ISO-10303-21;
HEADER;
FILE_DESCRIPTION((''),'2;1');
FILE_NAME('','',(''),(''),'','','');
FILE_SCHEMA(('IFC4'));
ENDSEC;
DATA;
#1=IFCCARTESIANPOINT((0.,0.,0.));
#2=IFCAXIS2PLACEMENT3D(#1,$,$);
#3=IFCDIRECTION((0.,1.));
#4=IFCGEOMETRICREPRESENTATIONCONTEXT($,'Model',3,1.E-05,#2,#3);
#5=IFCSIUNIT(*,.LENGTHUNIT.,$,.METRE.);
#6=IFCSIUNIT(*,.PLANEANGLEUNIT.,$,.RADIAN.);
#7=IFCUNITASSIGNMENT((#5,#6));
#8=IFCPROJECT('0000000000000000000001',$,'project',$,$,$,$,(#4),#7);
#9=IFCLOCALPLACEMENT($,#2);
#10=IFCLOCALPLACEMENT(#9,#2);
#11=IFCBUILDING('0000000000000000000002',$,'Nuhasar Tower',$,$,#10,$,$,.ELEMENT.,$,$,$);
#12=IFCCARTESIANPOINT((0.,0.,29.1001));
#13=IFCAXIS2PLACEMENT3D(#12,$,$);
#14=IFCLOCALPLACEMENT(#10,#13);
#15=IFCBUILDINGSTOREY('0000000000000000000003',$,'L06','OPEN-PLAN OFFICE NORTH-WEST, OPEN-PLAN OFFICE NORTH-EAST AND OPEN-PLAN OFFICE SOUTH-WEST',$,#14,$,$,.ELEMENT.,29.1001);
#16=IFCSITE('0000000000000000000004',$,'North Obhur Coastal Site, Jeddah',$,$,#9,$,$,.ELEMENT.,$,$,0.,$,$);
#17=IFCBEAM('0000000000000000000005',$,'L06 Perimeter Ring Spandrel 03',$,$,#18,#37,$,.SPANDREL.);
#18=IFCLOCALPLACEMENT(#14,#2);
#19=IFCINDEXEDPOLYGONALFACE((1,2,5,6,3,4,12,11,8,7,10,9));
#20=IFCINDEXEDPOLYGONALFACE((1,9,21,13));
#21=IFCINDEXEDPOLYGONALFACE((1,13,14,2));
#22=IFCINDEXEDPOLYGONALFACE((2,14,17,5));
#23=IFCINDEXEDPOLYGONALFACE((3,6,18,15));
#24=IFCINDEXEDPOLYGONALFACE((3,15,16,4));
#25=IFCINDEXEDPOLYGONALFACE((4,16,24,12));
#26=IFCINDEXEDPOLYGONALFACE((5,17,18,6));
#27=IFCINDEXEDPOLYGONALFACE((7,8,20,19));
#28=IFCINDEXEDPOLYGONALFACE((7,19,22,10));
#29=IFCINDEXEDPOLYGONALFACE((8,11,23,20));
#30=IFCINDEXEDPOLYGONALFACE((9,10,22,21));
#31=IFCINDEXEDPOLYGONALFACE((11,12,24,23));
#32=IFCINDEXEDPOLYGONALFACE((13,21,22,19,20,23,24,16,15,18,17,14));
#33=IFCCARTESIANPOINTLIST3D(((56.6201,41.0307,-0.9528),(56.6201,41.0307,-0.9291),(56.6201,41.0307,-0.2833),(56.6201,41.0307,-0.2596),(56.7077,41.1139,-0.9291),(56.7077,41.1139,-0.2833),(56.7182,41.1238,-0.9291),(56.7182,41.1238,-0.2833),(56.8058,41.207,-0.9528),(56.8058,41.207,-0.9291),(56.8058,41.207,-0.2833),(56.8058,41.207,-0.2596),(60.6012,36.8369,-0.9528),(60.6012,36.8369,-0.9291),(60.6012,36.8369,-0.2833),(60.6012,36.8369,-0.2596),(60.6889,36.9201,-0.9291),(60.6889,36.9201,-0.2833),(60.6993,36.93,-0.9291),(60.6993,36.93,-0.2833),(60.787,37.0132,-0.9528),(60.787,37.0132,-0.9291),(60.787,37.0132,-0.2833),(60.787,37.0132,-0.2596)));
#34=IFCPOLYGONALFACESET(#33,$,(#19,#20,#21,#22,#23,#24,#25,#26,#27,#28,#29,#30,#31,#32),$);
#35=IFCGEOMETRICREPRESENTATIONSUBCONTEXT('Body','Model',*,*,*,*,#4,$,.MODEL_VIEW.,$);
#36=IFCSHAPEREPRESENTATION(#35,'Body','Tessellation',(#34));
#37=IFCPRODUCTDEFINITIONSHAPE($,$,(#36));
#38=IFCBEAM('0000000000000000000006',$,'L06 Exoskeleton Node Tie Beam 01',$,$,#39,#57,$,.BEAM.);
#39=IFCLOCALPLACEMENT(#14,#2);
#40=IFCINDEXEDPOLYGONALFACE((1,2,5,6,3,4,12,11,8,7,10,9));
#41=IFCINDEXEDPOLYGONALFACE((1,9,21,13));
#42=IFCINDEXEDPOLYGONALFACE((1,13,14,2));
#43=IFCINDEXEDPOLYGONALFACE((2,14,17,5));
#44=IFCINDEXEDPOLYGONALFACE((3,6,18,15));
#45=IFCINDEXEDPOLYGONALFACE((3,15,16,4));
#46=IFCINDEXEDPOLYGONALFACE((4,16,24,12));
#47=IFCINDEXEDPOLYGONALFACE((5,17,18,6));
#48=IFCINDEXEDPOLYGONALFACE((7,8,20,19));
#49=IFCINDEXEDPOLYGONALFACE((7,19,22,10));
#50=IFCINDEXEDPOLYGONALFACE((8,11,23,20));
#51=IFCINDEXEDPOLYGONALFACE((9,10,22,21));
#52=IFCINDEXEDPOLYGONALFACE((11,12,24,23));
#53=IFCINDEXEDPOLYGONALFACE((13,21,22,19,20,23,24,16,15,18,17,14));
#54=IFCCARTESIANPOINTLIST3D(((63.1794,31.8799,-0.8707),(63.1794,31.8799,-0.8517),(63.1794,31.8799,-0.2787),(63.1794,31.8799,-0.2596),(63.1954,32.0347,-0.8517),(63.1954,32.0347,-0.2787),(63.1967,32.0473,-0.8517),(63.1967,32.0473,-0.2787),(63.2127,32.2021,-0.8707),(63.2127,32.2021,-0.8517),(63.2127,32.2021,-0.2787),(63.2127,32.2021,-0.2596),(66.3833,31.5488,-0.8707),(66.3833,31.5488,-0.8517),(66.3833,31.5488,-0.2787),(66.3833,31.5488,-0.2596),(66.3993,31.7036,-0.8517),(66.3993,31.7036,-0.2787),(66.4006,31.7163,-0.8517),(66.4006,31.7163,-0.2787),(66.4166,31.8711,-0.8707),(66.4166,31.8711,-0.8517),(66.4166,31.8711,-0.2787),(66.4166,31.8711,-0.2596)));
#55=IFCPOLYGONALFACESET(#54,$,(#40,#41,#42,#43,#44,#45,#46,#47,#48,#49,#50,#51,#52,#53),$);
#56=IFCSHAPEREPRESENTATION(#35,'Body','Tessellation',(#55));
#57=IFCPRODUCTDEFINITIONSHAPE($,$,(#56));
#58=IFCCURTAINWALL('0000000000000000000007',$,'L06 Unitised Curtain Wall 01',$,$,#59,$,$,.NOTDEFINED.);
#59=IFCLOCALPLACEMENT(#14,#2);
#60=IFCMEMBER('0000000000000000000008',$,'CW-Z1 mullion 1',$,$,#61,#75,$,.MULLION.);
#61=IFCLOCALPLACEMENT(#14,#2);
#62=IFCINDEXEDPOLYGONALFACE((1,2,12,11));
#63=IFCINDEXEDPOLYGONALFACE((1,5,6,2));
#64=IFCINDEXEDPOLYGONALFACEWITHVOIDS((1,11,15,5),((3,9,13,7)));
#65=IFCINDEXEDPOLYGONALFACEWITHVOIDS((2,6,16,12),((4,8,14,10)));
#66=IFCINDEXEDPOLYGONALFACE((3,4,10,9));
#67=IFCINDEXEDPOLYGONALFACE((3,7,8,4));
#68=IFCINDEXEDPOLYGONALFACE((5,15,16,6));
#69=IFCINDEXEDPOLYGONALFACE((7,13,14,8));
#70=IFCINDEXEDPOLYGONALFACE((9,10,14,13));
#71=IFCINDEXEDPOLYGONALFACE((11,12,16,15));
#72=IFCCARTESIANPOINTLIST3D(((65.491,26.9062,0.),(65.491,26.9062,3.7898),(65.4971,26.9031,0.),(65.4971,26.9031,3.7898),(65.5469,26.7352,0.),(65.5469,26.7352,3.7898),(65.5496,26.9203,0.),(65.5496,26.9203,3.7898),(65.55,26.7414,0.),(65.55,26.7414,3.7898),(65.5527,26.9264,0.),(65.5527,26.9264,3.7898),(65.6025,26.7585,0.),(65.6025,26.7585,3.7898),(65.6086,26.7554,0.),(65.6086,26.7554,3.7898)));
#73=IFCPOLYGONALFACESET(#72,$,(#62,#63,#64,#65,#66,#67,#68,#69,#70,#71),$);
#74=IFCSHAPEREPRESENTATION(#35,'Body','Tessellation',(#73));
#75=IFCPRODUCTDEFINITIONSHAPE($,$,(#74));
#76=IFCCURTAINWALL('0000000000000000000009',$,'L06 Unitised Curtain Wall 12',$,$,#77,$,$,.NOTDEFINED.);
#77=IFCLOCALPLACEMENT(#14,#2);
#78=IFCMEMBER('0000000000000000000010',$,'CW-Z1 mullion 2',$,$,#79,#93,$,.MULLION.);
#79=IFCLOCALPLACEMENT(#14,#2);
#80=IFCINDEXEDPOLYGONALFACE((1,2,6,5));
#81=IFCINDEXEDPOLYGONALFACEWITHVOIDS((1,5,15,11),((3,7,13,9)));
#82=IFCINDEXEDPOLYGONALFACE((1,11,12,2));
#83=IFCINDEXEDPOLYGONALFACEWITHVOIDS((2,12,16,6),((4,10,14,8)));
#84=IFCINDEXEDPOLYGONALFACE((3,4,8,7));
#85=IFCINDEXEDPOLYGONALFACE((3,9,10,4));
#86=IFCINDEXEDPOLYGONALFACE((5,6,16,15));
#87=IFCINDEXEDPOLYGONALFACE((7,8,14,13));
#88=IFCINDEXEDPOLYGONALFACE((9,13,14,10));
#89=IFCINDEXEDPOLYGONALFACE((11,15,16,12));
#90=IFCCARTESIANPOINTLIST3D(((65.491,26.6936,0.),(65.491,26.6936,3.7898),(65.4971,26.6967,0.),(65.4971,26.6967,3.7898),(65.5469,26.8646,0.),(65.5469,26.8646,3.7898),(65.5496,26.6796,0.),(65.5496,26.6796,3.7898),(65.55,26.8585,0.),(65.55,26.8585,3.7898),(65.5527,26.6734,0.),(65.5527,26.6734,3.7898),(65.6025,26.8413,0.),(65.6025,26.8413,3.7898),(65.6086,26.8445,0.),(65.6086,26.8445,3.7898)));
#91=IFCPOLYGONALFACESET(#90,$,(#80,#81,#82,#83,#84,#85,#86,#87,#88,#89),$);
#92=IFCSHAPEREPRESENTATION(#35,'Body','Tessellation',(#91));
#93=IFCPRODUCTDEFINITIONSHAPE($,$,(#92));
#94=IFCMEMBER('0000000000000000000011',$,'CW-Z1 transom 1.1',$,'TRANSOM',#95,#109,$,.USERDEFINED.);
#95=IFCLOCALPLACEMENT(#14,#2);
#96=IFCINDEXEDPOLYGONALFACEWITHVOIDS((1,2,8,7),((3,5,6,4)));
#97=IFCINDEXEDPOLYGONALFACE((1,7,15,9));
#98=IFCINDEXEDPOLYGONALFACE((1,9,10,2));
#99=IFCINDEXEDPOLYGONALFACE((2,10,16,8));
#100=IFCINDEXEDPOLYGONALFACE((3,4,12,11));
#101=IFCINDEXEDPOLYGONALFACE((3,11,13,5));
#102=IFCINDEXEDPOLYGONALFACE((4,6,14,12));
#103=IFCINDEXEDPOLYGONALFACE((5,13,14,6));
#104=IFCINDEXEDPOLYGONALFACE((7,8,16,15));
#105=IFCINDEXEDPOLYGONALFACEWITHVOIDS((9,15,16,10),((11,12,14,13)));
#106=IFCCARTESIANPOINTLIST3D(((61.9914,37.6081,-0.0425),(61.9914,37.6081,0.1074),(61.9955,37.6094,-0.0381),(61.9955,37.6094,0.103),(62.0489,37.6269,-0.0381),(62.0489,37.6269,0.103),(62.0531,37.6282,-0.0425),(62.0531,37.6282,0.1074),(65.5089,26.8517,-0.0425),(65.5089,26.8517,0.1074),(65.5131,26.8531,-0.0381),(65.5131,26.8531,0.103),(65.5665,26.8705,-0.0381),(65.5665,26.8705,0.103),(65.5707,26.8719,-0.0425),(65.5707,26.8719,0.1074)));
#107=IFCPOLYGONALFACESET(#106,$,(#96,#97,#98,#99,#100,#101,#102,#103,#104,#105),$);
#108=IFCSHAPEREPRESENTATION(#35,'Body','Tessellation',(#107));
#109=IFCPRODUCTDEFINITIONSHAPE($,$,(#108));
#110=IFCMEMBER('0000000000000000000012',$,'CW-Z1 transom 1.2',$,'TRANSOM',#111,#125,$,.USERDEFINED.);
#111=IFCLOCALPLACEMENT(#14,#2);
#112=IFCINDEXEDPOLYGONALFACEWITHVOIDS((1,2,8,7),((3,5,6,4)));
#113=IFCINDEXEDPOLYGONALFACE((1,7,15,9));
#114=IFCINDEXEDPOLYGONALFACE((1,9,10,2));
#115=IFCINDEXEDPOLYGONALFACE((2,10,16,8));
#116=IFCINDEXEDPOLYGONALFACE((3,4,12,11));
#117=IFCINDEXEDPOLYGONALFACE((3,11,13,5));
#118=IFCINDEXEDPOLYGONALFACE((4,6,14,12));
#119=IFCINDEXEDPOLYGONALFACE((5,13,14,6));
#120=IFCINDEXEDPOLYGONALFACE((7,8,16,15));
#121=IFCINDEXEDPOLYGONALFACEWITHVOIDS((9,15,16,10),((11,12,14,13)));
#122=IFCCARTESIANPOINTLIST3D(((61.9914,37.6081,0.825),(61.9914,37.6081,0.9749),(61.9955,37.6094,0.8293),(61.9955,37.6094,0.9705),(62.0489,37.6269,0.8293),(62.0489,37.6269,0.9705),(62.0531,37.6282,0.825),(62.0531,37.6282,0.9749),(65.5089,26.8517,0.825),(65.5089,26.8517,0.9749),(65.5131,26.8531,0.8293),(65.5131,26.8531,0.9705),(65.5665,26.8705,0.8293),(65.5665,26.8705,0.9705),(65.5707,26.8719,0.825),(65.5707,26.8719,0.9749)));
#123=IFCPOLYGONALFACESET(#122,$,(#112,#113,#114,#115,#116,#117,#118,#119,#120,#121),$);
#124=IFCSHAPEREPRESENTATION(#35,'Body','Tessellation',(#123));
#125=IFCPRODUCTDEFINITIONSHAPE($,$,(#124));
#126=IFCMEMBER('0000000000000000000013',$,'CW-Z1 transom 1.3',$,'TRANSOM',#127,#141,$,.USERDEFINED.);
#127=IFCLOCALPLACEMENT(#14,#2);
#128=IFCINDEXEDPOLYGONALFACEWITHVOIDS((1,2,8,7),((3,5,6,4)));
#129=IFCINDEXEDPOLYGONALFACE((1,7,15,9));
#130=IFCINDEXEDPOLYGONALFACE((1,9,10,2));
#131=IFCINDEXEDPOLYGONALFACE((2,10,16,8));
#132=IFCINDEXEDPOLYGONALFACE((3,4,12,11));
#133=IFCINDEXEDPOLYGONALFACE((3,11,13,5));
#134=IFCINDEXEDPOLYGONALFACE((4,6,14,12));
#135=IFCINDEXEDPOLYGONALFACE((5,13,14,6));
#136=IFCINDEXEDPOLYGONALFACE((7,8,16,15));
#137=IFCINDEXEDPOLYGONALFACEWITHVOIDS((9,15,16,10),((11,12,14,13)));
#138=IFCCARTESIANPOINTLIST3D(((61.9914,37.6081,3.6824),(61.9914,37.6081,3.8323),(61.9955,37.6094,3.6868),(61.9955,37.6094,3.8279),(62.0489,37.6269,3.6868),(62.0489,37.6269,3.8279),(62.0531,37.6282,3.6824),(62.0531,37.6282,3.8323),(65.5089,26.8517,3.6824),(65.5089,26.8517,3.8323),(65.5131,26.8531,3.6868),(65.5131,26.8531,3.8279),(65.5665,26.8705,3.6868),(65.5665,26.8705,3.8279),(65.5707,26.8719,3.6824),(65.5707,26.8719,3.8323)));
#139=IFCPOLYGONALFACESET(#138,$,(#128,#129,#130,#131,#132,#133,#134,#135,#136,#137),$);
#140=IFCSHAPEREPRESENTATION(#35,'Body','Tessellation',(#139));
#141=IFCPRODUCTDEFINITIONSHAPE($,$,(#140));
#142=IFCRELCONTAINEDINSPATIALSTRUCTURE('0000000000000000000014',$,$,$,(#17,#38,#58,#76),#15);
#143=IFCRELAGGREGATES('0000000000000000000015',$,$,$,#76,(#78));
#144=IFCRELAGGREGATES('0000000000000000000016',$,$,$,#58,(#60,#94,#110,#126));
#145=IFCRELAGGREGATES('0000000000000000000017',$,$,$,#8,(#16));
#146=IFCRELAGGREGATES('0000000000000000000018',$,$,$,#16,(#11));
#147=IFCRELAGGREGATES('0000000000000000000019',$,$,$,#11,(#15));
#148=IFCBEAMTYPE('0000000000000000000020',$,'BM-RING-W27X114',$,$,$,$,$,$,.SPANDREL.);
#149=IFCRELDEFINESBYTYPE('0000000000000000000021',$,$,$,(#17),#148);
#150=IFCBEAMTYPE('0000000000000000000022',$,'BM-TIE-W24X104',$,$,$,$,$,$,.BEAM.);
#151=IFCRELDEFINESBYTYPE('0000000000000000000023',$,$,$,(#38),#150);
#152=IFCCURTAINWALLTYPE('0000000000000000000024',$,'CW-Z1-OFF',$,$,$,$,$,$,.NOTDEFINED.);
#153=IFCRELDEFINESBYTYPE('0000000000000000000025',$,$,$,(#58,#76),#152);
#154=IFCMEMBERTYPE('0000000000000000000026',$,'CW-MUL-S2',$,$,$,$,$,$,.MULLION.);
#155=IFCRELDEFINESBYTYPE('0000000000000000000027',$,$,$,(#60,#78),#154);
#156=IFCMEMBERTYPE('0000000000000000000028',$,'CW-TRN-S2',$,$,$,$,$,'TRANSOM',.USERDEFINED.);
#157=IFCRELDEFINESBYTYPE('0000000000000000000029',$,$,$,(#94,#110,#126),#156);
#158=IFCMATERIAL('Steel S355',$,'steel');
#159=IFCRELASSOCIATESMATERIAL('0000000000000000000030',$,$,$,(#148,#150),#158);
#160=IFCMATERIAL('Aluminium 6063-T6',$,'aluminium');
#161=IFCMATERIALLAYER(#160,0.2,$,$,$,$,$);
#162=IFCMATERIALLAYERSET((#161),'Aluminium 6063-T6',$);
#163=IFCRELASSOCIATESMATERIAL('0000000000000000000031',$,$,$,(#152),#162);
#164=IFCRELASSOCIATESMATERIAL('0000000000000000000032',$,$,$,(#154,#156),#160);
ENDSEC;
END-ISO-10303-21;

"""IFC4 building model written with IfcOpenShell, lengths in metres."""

from ifc_helpers import new_model, si_unit, direction, frame, origin, origin_2d, place, context, subcontext, project, spatial, hollow_rectangle, i_section, extrude, material, layer, layer_set, material_profile, profile_set, type_object, element, aggregate, save


model = new_model("IFC4")

# Units and contexts
model_context = context("Model", 3, precision=1e-05, world=origin(), true_north=direction((0.0, 1.0)))
body_context = subcontext(model_context, "Body", "Model", "MODEL_VIEW")
ifc_project = project(units=[si_unit("LENGTHUNIT", "METRE"), si_unit("PLANEANGLEUNIT", "RADIAN")], contexts=[model_context])

# Site, building, storey
site_placement = place(None, origin())
site = spatial("IfcSite", under=ifc_project, at=site_placement, Name="North Obhur Coastal Site, Jeddah", CompositionType="ELEMENT", RefElevation=0.0)
building_placement = place(site_placement, origin())
building = spatial("IfcBuilding", under=site, at=building_placement, Name="Nuhasar Tower", CompositionType="ELEMENT")
storey_placement = place(building_placement, frame((0.0, 0.0, 29.1001)))
storey = spatial("IfcBuildingStorey", under=building, at=storey_placement, Name="L06", Description="OPEN-PLAN OFFICE NORTH-WEST, OPEN-PLAN OFFICE NORTH-EAST AND OPEN-PLAN OFFICE SOUTH-WEST", CompositionType="ELEMENT", Elevation=29.1001)

# Beams
ifc_material_1 = material(Name="Steel S355", Category="steel")
ifc_material_profile_1 = material_profile(ifc_material_1, i_section(OverallWidth=0.2561, OverallDepth=0.6931, WebThickness=0.0144, FlangeThickness=0.0237, at=origin_2d()), Name="W27X114")
ifc_profile_set_1 = profile_set([ifc_material_profile_1], Name="Steel S355")
beam_type_1 = type_object("IfcBeamType", Name="BM-RING-W27X114", PredefinedType="SPANDREL", material=ifc_profile_set_1)
beam_1_placement = place(storey_placement, frame((60.6941, 36.925, -0.6062), z_axis=(-0.688481, 0.725254, 0.0), x_axis=(-0.725254, -0.688481, 0.0)))
element("IfcBeam", 1, at=beam_1_placement, inside=storey, type_object=beam_type_1, Name="L06 Perimeter Ring Spandrel 03", PredefinedType="SPANDREL", context=body_context, shape_type="SweptSolid", body=[
    extrude(i_section(OverallWidth=0.2561, OverallDepth=0.6931, WebThickness=0.0144, FlangeThickness=0.0237, at=origin_2d()), origin(), (0.0, 0.0, 1.0), 5.7825),
])
ifc_material_profile_2 = material_profile(ifc_material_1, i_section(OverallWidth=0.324, OverallDepth=0.6111, WebThickness=0.0127, FlangeThickness=0.019, at=origin_2d()), Name="W24X104")
ifc_profile_set_2 = profile_set([ifc_material_profile_2], Name="Steel S355")
beam_type_2 = type_object("IfcBeamType", Name="BM-TIE-W24X104", PredefinedType="BEAM", material=ifc_profile_set_2)
beam_2_placement = place(storey_placement, frame((63.196, 32.041, -0.5652), z_axis=(0.994704, -0.102783, 0.0), x_axis=(0.102783, 0.994704, 0.0)))
element("IfcBeam", 2, at=beam_2_placement, inside=storey, type_object=beam_type_2, Name="L06 Exoskeleton Node Tie Beam 01", PredefinedType="BEAM", context=body_context, shape_type="SweptSolid", body=[
    extrude(i_section(OverallWidth=0.324, OverallDepth=0.6111, WebThickness=0.0127, FlangeThickness=0.019, at=origin_2d()), origin(), (0.0, 0.0, 1.0), 3.2209),
])

# Curtain walls, members
ifc_material_2 = material(Name="Aluminium 6063-T6", Category="aluminium")
ifc_layer_1 = layer(ifc_material_2, 0.2)
ifc_layer_set_1 = layer_set([ifc_layer_1], Name="Aluminium 6063-T6")
curtain_wall_type = type_object("IfcCurtainWallType", Name="CW-Z1-OFF", PredefinedType="NOTDEFINED", material=ifc_layer_set_1)
curtain_wall_1_placement = place(storey_placement, origin())
curtain_wall_1 = element("IfcCurtainWall", 3, at=curtain_wall_1_placement, inside=storey, type_object=curtain_wall_type, Name="L06 Unitised Curtain Wall 01", PredefinedType="NOTDEFINED")
ifc_material_profile_3 = material_profile(ifc_material_2, hollow_rectangle(XDim=0.0649, YDim=0.1799, WallThickness=0.0049, at=origin_2d()), Name="CWM-2")
ifc_profile_set_3 = profile_set([ifc_material_profile_3], Name="Aluminium 6063-T6")
member_type_1 = type_object("IfcMemberType", Name="CW-MUL-S2", PredefinedType="MULLION", material=ifc_profile_set_3)
member_1_placement = place(storey_placement, frame((65.5498, 26.8308, 0.0), z_axis=(0.0, 0.0, 1.0), x_axis=(-0.950468, -0.310824, 0.0)))
member_1 = element("IfcMember", 4, at=member_1_placement, type_object=member_type_1, Name="CW-Z1 mullion 1", PredefinedType="MULLION", context=body_context, shape_type="SweptSolid", body=[
    extrude(hollow_rectangle(XDim=0.0649, YDim=0.1799, WallThickness=0.0049, at=origin_2d()), origin(), (0.0, 0.0, 1.0), 3.7898),
])
curtain_wall_2_placement = place(storey_placement, origin())
curtain_wall_2 = element("IfcCurtainWall", 5, at=curtain_wall_2_placement, inside=storey, type_object=curtain_wall_type, Name="L06 Unitised Curtain Wall 12", PredefinedType="NOTDEFINED")
member_2_placement = place(storey_placement, frame((65.5498, 26.769, 0.0), z_axis=(0.0, 0.0, 1.0), x_axis=(-0.950468, 0.310824, 0.0)))
member_2 = element("IfcMember", 6, at=member_2_placement, type_object=member_type_1, Name="CW-Z1 mullion 2", PredefinedType="MULLION", context=body_context, shape_type="SweptSolid", body=[
    extrude(hollow_rectangle(XDim=0.0649, YDim=0.1799, WallThickness=0.0049, at=origin_2d()), origin(), (0.0, 0.0, 1.0), 3.7898),
])
aggregate(curtain_wall_2, [member_2])

# Members
ifc_material_profile_4 = material_profile(ifc_material_2, hollow_rectangle(XDim=0.0649, YDim=0.1499, WallThickness=0.0044, at=origin_2d()), Name="CWT-2")
ifc_profile_set_4 = profile_set([ifc_material_profile_4], Name="Aluminium 6063-T6")
member_type_2 = type_object("IfcMemberType", Name="CW-TRN-S2", ElementType="TRANSOM", PredefinedType="USERDEFINED", material=ifc_profile_set_4)
member_3_placement = place(storey_placement, frame((65.5398, 26.8618, 0.0325), z_axis=(-0.310825, 0.950467, 0.0), x_axis=(-0.950467, -0.310825, 0.0)))
member_3 = element("IfcMember", 7, at=member_3_placement, type_object=member_type_2, Name="CW-Z1 transom 1.1", ObjectType="TRANSOM", PredefinedType="USERDEFINED", context=body_context, shape_type="SweptSolid", body=[
    extrude(hollow_rectangle(XDim=0.0649, YDim=0.1499, WallThickness=0.0044, at=origin_2d()), origin(), (0.0, 0.0, 1.0), 11.3169),
])
member_4_placement = place(storey_placement, frame((65.5398, 26.8618, 0.8999), z_axis=(-0.310825, 0.950467, 0.0), x_axis=(-0.950467, -0.310825, 0.0)))
member_4 = element("IfcMember", 8, at=member_4_placement, type_object=member_type_2, Name="CW-Z1 transom 1.2", ObjectType="TRANSOM", PredefinedType="USERDEFINED", context=body_context, shape_type="SweptSolid", body=[
    extrude(hollow_rectangle(XDim=0.0649, YDim=0.1499, WallThickness=0.0044, at=origin_2d()), origin(), (0.0, 0.0, 1.0), 11.3169),
])
member_5_placement = place(storey_placement, frame((65.5398, 26.8618, 3.7573), z_axis=(-0.310825, 0.950467, 0.0), x_axis=(-0.950467, -0.310825, 0.0)))
member_5 = element("IfcMember", 9, at=member_5_placement, type_object=member_type_2, Name="CW-Z1 transom 1.3", ObjectType="TRANSOM", PredefinedType="USERDEFINED", context=body_context, shape_type="SweptSolid", body=[
    extrude(hollow_rectangle(XDim=0.0649, YDim=0.1499, WallThickness=0.0044, at=origin_2d()), origin(), (0.0, 0.0, 1.0), 11.3169),
])

aggregate(curtain_wall_1, [member_1, member_3, member_4, member_5])

save(model, "model.ifc")
